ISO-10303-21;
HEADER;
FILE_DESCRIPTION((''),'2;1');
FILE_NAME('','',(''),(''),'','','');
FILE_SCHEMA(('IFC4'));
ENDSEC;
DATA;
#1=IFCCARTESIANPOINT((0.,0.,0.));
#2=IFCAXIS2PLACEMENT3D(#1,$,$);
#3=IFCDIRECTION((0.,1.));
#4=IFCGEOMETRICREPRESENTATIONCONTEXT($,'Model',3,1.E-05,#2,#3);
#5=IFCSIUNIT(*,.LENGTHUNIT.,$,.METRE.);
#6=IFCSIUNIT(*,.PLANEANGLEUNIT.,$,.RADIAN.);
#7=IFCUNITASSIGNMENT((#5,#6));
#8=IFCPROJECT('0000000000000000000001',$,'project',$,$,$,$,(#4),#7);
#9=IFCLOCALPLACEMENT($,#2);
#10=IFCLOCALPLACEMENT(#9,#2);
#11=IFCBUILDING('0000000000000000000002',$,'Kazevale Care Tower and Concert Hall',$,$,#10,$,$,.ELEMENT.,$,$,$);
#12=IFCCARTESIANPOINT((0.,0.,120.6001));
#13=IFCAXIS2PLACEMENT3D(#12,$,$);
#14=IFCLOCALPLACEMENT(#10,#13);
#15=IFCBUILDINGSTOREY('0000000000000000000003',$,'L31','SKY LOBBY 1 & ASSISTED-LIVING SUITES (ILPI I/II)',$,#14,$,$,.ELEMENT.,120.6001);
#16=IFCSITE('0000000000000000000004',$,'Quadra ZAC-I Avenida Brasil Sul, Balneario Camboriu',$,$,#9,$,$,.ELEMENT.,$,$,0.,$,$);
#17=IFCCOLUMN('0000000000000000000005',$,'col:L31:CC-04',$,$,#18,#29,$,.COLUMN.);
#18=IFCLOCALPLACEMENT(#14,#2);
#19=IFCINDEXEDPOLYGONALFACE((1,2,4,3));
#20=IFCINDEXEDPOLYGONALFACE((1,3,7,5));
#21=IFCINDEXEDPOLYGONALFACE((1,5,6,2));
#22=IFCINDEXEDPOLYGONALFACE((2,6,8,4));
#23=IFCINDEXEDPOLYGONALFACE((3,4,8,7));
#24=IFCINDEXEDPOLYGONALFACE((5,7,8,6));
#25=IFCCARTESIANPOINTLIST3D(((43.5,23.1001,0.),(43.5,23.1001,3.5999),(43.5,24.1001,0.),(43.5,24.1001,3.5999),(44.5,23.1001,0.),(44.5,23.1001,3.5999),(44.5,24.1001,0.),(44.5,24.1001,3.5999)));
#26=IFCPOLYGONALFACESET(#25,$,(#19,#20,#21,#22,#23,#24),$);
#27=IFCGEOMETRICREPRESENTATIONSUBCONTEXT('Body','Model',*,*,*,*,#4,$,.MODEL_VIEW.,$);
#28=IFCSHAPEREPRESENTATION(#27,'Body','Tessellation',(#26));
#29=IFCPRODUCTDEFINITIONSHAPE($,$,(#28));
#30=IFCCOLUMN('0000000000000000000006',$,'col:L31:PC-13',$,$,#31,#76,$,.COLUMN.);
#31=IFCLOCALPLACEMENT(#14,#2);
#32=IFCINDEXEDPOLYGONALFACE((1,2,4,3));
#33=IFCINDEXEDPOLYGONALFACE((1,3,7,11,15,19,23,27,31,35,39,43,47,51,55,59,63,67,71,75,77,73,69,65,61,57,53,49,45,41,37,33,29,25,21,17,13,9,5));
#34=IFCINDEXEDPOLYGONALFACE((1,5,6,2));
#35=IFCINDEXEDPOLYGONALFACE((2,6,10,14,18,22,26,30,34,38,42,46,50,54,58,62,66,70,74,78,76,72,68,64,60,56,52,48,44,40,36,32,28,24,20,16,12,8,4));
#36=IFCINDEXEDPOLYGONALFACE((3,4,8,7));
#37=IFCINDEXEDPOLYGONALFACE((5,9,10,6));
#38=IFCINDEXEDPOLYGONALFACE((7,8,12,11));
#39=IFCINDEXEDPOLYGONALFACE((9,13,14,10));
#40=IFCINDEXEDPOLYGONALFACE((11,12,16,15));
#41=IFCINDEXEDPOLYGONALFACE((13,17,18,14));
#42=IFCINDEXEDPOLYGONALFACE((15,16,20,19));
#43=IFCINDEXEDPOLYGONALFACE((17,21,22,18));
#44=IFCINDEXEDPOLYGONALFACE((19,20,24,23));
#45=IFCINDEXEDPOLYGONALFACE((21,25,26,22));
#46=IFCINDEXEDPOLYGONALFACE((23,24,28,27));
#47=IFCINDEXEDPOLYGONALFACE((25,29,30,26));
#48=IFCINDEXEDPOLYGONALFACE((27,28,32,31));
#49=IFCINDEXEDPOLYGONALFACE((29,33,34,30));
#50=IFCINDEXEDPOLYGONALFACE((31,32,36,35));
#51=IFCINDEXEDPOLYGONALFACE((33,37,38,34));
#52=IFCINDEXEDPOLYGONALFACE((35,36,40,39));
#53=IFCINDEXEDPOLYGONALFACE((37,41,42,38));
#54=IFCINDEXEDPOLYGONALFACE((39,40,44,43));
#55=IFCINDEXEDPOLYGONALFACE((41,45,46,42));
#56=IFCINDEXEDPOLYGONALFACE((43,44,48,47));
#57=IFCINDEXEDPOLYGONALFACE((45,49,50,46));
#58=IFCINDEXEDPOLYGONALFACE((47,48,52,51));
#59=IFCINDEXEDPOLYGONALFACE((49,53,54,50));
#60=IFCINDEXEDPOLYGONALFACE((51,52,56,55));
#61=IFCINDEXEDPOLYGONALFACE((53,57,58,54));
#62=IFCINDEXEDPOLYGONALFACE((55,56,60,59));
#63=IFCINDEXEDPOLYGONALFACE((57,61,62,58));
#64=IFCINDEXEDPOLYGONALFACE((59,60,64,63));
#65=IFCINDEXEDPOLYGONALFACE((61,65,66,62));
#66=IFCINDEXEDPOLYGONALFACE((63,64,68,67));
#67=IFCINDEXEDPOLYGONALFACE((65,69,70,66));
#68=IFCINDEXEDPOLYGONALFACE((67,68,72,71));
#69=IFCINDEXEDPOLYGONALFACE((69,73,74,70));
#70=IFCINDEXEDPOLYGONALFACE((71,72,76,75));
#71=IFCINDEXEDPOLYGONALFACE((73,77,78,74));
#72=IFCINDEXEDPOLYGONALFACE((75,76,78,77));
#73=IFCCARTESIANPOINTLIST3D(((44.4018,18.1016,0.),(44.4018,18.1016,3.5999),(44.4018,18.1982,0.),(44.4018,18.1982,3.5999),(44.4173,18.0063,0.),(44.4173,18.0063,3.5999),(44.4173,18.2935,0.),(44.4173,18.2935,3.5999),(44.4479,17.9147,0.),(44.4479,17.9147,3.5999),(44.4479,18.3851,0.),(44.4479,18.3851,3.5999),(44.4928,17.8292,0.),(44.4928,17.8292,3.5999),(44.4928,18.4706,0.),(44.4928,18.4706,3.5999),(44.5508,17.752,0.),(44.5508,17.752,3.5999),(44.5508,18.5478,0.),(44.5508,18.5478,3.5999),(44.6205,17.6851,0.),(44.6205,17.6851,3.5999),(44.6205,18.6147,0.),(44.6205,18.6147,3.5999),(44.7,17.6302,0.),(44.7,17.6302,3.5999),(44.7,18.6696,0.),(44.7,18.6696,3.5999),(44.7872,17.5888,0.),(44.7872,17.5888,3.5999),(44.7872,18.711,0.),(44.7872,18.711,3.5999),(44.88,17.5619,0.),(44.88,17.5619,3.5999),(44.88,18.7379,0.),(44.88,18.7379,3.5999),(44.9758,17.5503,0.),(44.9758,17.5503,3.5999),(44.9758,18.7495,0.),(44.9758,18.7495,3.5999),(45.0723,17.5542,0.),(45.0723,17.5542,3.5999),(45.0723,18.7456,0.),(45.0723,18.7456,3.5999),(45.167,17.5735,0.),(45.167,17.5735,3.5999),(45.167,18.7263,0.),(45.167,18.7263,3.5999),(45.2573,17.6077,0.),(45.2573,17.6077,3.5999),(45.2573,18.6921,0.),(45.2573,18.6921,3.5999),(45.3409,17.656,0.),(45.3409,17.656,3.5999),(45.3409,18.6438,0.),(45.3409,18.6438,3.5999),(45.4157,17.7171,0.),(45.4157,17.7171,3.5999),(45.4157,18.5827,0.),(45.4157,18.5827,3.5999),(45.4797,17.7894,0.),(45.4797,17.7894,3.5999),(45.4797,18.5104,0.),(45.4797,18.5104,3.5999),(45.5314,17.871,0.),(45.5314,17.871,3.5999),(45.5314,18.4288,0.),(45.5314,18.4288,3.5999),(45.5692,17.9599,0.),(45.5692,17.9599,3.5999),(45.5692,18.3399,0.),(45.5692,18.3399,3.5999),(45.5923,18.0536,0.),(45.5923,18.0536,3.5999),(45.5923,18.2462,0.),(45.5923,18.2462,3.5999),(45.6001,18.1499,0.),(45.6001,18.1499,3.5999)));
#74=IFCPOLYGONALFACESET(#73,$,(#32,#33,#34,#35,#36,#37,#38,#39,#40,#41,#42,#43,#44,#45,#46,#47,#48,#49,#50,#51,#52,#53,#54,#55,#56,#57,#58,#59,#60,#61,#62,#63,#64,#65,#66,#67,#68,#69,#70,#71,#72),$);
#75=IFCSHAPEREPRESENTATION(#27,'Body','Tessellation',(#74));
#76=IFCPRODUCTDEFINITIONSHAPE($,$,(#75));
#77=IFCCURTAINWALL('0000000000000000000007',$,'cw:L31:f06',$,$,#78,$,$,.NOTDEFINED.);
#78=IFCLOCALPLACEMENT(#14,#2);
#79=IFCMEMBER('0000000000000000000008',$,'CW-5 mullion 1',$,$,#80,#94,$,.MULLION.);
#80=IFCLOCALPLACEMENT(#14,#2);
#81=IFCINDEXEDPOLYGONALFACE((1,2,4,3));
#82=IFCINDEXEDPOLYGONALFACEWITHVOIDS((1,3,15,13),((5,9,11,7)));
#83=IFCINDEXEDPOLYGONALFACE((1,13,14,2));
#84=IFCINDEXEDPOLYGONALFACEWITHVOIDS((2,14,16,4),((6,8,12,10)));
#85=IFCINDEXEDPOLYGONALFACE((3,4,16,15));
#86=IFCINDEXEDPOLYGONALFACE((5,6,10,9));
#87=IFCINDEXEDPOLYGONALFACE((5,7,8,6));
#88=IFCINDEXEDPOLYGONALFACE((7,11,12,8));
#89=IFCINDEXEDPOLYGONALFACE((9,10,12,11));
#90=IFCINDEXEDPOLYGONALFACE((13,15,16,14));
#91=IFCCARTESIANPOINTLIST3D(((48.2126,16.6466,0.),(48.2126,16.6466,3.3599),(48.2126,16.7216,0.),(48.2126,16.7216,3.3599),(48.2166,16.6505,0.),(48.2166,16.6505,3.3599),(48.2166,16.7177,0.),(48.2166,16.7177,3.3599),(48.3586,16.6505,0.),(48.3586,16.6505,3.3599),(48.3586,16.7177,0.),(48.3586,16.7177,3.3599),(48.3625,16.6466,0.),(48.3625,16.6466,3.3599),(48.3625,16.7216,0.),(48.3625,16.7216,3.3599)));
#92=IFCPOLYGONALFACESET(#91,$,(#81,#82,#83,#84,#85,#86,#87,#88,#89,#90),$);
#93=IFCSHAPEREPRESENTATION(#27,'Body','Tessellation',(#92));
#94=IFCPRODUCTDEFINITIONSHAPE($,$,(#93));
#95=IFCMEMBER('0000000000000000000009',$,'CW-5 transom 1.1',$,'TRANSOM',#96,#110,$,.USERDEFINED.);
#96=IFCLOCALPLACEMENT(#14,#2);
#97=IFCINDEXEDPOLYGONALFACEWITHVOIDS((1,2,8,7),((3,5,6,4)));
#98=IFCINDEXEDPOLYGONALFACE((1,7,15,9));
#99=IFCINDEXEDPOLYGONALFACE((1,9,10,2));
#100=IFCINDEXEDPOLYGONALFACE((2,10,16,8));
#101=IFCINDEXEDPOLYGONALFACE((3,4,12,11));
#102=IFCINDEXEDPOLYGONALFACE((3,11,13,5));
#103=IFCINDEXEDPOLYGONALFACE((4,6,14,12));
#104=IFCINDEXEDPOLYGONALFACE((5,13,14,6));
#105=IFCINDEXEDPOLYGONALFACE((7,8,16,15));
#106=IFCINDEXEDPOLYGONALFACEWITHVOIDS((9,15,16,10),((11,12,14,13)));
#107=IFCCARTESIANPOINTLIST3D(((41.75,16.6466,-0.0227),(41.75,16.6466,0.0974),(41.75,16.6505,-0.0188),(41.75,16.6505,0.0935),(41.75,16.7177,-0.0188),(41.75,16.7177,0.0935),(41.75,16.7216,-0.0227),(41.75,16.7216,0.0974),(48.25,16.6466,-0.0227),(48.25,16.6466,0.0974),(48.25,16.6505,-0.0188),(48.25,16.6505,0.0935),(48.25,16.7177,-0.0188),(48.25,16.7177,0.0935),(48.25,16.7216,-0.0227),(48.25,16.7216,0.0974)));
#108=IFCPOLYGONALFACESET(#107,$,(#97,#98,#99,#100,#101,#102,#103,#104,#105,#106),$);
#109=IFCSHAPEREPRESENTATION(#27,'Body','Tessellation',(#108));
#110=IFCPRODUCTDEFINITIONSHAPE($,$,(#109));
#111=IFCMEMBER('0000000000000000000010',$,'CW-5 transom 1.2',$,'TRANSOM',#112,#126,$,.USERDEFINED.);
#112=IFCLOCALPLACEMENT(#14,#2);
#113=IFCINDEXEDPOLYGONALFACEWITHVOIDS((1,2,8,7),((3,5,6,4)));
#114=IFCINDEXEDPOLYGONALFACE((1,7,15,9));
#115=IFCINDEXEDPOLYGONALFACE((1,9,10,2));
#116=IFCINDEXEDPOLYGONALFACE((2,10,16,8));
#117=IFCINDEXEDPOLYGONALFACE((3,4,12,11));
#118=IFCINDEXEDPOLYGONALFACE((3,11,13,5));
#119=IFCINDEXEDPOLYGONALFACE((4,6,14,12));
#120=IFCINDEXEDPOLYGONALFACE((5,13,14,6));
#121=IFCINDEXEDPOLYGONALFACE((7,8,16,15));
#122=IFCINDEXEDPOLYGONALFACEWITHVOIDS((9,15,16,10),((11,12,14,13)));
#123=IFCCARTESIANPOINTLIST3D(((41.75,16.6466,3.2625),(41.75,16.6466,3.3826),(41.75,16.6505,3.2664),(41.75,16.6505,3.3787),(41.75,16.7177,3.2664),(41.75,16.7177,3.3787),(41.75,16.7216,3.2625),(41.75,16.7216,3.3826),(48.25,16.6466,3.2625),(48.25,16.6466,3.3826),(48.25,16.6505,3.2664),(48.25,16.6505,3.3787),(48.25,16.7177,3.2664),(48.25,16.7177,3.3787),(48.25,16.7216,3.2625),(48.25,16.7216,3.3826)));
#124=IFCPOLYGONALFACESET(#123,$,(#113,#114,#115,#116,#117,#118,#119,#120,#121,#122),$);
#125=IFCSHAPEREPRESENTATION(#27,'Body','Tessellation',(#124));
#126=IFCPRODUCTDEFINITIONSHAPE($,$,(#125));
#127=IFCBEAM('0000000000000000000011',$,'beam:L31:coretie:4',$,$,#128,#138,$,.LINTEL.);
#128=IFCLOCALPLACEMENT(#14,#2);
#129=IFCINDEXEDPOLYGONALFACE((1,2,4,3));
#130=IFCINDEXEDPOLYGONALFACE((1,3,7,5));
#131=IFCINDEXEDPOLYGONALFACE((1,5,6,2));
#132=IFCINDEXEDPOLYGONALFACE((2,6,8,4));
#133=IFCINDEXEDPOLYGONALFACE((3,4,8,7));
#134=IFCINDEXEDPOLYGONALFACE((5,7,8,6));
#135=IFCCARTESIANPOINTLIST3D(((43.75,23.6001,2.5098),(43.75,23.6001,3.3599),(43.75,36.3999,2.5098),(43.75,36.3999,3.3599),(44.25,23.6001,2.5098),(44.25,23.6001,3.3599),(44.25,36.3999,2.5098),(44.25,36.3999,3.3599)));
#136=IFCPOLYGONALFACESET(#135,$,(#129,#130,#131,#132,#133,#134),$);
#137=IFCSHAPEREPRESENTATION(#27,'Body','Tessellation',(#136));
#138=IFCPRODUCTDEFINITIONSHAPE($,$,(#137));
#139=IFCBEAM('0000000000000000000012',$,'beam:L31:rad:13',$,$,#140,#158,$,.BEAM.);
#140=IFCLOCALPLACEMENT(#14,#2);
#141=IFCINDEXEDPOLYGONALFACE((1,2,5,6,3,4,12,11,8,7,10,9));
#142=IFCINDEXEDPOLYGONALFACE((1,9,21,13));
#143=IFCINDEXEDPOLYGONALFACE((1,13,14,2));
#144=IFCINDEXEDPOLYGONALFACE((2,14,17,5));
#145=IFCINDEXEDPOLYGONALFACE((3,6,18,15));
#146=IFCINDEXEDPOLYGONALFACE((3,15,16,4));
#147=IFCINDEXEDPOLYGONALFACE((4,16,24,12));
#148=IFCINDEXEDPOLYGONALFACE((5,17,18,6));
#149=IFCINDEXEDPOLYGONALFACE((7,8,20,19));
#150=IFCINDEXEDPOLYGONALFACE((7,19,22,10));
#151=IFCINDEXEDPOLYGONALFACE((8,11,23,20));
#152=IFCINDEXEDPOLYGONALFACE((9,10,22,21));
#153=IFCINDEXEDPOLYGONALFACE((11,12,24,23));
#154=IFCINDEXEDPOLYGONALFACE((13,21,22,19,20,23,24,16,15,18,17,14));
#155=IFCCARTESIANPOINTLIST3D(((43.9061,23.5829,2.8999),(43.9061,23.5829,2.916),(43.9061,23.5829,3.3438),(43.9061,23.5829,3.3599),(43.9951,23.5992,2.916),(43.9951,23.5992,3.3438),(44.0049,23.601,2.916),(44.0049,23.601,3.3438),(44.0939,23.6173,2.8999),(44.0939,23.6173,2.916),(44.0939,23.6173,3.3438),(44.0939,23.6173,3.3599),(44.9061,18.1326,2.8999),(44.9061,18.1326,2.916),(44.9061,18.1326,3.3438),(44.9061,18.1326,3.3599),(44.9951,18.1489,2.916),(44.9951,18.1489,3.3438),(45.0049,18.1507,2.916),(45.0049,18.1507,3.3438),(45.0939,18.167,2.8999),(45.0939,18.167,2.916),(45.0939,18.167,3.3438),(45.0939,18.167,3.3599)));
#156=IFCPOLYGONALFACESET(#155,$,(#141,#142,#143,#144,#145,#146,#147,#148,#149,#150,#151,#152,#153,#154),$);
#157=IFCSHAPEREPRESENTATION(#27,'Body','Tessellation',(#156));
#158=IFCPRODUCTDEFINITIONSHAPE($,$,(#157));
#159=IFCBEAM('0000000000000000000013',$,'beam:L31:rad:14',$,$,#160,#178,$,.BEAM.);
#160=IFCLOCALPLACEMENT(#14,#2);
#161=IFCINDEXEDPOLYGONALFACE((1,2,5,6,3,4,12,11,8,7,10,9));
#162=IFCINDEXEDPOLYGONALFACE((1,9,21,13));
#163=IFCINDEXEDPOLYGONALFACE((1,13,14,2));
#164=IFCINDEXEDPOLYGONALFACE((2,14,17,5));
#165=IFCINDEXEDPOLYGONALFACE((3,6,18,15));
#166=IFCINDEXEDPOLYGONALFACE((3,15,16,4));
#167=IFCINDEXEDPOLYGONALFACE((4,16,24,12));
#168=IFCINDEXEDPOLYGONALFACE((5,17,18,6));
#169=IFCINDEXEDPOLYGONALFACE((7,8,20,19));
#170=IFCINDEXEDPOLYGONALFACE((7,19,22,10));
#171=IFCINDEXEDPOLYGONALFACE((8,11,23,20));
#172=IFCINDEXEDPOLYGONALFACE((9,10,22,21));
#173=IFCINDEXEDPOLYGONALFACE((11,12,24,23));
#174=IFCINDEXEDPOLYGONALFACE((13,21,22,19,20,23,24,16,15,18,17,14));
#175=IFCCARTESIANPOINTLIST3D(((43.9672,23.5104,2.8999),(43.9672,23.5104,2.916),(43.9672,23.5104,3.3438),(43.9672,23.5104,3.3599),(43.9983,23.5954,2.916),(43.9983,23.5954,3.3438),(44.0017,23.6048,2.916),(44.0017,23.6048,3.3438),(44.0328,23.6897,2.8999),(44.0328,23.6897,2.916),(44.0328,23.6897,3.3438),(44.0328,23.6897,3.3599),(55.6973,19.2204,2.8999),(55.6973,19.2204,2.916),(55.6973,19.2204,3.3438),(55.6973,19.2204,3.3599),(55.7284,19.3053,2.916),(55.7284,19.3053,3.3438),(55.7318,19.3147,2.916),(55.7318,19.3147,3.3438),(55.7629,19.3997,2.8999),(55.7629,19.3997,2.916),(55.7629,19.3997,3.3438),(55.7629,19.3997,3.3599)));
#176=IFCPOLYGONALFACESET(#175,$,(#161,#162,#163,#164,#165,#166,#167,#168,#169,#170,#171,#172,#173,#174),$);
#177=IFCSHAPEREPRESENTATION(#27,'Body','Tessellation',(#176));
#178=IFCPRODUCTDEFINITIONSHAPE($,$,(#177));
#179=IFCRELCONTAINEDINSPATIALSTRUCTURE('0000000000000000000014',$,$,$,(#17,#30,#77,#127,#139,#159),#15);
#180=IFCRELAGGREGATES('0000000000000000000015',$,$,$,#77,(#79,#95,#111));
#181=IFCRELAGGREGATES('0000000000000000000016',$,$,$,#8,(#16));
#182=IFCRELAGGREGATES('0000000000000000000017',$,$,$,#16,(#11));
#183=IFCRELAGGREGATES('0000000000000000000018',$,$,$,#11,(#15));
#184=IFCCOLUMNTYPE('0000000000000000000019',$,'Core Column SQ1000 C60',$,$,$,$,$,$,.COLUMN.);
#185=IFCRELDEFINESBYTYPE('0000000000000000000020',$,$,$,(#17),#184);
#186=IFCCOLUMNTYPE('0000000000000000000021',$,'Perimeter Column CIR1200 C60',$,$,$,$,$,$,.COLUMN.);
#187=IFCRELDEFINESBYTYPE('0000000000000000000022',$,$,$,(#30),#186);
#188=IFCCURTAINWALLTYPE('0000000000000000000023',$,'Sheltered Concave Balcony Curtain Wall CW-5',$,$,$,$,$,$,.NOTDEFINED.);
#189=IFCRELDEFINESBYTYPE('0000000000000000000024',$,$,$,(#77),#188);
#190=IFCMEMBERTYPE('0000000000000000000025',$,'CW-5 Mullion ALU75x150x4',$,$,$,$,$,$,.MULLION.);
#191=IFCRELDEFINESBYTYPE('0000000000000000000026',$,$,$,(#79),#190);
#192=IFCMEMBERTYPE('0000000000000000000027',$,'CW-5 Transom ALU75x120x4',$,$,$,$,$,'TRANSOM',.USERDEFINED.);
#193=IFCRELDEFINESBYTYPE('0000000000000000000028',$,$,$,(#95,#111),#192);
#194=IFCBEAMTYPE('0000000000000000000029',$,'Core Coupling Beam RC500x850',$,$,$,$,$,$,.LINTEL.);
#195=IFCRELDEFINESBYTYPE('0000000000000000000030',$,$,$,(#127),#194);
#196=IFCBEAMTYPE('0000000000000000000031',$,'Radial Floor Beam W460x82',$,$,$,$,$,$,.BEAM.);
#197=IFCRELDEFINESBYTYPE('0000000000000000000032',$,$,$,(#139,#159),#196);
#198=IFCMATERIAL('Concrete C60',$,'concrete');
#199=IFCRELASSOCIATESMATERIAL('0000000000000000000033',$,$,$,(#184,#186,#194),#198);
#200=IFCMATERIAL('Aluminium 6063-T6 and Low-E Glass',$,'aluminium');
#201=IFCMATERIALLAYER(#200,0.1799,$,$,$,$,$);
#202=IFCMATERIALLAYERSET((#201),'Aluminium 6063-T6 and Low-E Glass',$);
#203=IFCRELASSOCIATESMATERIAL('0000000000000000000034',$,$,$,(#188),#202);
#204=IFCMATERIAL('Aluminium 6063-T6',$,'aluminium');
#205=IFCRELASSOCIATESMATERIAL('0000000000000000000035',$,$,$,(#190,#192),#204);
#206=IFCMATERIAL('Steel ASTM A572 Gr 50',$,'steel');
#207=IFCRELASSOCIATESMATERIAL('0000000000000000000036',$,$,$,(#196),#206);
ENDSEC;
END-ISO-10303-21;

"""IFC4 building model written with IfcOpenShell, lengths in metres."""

from ifc_helpers import new_model, si_unit, direction, frame, origin, origin_2d, place, context, subcontext, project, spatial, rectangle, hollow_rectangle, circle, i_section, extrude, material, layer, layer_set, material_profile, profile_set, type_object, element, aggregate, save


model = new_model("IFC4")

# Units and contexts
model_context = context("Model", 3, precision=1e-05, world=origin(), true_north=direction((0.0, 1.0)))
body_context = subcontext(model_context, "Body", "Model", "MODEL_VIEW")
ifc_project = project(units=[si_unit("LENGTHUNIT", "METRE"), si_unit("PLANEANGLEUNIT", "RADIAN")], contexts=[model_context])

# Site, building, storey
site_placement = place(None, origin())
site = spatial("IfcSite", under=ifc_project, at=site_placement, Name="Quadra ZAC-I Avenida Brasil Sul, Balneario Camboriu", CompositionType="ELEMENT", RefElevation=0.0)
building_placement = place(site_placement, origin())
building = spatial("IfcBuilding", under=site, at=building_placement, Name="Kazevale Care Tower and Concert Hall", CompositionType="ELEMENT")
storey_placement = place(building_placement, frame((0.0, 0.0, 120.6001)))
storey = spatial("IfcBuildingStorey", under=building, at=storey_placement, Name="L31", Description="SKY LOBBY 1 & ASSISTED-LIVING SUITES (ILPI I/II)", CompositionType="ELEMENT", Elevation=120.6001)

# Columns
ifc_material_1 = material(Name="Concrete C60", Category="concrete")
ifc_material_profile_1 = material_profile(ifc_material_1, rectangle(XDim=1.0, YDim=1.0, at=origin_2d()), Name="RC-SQ1000")
ifc_profile_set_1 = profile_set([ifc_material_profile_1], Name="Concrete C60")
column_type_1 = type_object("IfcColumnType", Name="Core Column SQ1000 C60", PredefinedType="COLUMN", material=ifc_profile_set_1)
column_1_placement = place(storey_placement, frame((44.0, 23.6001, 0.0), z_axis=(0.0, 0.0, 1.0), x_axis=(1.0, 0.0, 0.0)))
element("IfcColumn", 1, at=column_1_placement, inside=storey, type_object=column_type_1, Name="col:L31:CC-04", PredefinedType="COLUMN", context=body_context, shape_type="SweptSolid", body=[
    extrude(rectangle(XDim=1.0, YDim=1.0, at=origin_2d()), origin(), (0.0, 0.0, 1.0), 3.5999),
])
ifc_material_profile_2 = material_profile(ifc_material_1, circle(Radius=0.6001, at=origin_2d()), Name="RC-CIR1200")
ifc_profile_set_2 = profile_set([ifc_material_profile_2], Name="Concrete C60")
column_type_2 = type_object("IfcColumnType", Name="Perimeter Column CIR1200 C60", PredefinedType="COLUMN", material=ifc_profile_set_2)
column_2_placement = place(storey_placement, frame((45.0, 18.1499, 0.0), z_axis=(0.0, 0.0, 1.0), x_axis=(1.0, 0.0, 0.0)))
element("IfcColumn", 2, at=column_2_placement, inside=storey, type_object=column_type_2, Name="col:L31:PC-13", PredefinedType="COLUMN", context=body_context, shape_type="SweptSolid", body=[
    extrude(circle(Radius=0.6001, at=origin_2d()), origin(), (0.0, 0.0, 1.0), 3.5999),
])

# Curtain wall, members
ifc_material_2 = material(Name="Aluminium 6063-T6 and Low-E Glass", Category="aluminium")
ifc_layer_1 = layer(ifc_material_2, 0.1799)
ifc_layer_set_1 = layer_set([ifc_layer_1], Name="Aluminium 6063-T6 and Low-E Glass")
curtain_wall_type = type_object("IfcCurtainWallType", Name="Sheltered Concave Balcony Curtain Wall CW-5", PredefinedType="NOTDEFINED", material=ifc_layer_set_1)
curtain_wall_placement = place(storey_placement, origin())
curtain_wall = element("IfcCurtainWall", 3, at=curtain_wall_placement, inside=storey, type_object=curtain_wall_type, Name="cw:L31:f06", PredefinedType="NOTDEFINED")
ifc_material_3 = material(Name="Aluminium 6063-T6", Category="aluminium")
ifc_material_profile_3 = material_profile(ifc_material_3, hollow_rectangle(XDim=0.075, YDim=0.1499, WallThickness=0.0039, at=origin_2d()), Name="ALU75x150x4")
ifc_profile_set_3 = profile_set([ifc_material_profile_3], Name="Aluminium 6063-T6")
member_type_1 = type_object("IfcMemberType", Name="CW-5 Mullion ALU75x150x4", PredefinedType="MULLION", material=ifc_profile_set_3)
member_1_placement = place(storey_placement, frame((48.2876, 16.6841, 0.0), z_axis=(0.0, 0.0, 1.0), x_axis=(0.0, -1.0, 0.0)))
member_1 = element("IfcMember", 4, at=member_1_placement, type_object=member_type_1, Name="CW-5 mullion 1", PredefinedType="MULLION", context=body_context, shape_type="SweptSolid", body=[
    extrude(hollow_rectangle(XDim=0.075, YDim=0.1499, WallThickness=0.0039, at=origin_2d()), origin(), (0.0, 0.0, 1.0), 3.3599),
])
ifc_material_profile_4 = material_profile(ifc_material_3, hollow_rectangle(XDim=0.075, YDim=0.1201, WallThickness=0.0039, at=origin_2d()), Name="ALU75x120x4")
ifc_profile_set_4 = profile_set([ifc_material_profile_4], Name="Aluminium 6063-T6")
member_type_2 = type_object("IfcMemberType", Name="CW-5 Transom ALU75x120x4", ElementType="TRANSOM", PredefinedType="USERDEFINED", material=ifc_profile_set_4)
member_2_placement = place(storey_placement, frame((48.25, 16.6841, 0.0374), z_axis=(-1.0, 0.0, 0.0), x_axis=(0.0, -1.0, 0.0)))
member_2 = element("IfcMember", 5, at=member_2_placement, type_object=member_type_2, Name="CW-5 transom 1.1", ObjectType="TRANSOM", PredefinedType="USERDEFINED", context=body_context, shape_type="SweptSolid", body=[
    extrude(hollow_rectangle(XDim=0.075, YDim=0.1201, WallThickness=0.0039, at=origin_2d()), origin(), (0.0, 0.0, 1.0), 6.5),
])
member_3_placement = place(storey_placement, frame((48.25, 16.6841, 3.3225), z_axis=(-1.0, 0.0, 0.0), x_axis=(0.0, -1.0, 0.0)))
member_3 = element("IfcMember", 6, at=member_3_placement, type_object=member_type_2, Name="CW-5 transom 1.2", ObjectType="TRANSOM", PredefinedType="USERDEFINED", context=body_context, shape_type="SweptSolid", body=[
    extrude(hollow_rectangle(XDim=0.075, YDim=0.1201, WallThickness=0.0039, at=origin_2d()), origin(), (0.0, 0.0, 1.0), 6.5),
])

# Beams
ifc_material_profile_5 = material_profile(ifc_material_1, rectangle(XDim=0.5, YDim=0.8501, at=origin_2d()), Name="RC-B500x850")
ifc_profile_set_5 = profile_set([ifc_material_profile_5], Name="Concrete C60")
beam_type_1 = type_object("IfcBeamType", Name="Core Coupling Beam RC500x850", PredefinedType="LINTEL", material=ifc_profile_set_5)
beam_1_placement = place(storey_placement, frame((44.0, 23.6001, 2.9348), z_axis=(0.0, 1.0, 0.0), x_axis=(-1.0, 0.0, 0.0)))
element("IfcBeam", 7, at=beam_1_placement, inside=storey, type_object=beam_type_1, Name="beam:L31:coretie:4", PredefinedType="LINTEL", context=body_context, shape_type="SweptSolid", body=[
    extrude(rectangle(XDim=0.5, YDim=0.8501, at=origin_2d()), origin(), (0.0, 0.0, 1.0), 12.7998),
])
ifc_material_4 = material(Name="Steel ASTM A572 Gr 50", Category="steel")
ifc_material_profile_6 = material_profile(ifc_material_4, i_section(OverallWidth=0.1909, OverallDepth=0.46, WebThickness=0.01, FlangeThickness=0.0161, at=origin_2d()), Name="W460x82")
ifc_profile_set_6 = profile_set([ifc_material_profile_6], Name="Steel ASTM A572 Gr 50")
beam_type_2 = type_object("IfcBeamType", Name="Radial Floor Beam W460x82", PredefinedType="BEAM", material=ifc_profile_set_6)
beam_2_placement = place(storey_placement, frame((44.0, 23.6001, 3.1299), z_axis=(0.180467, -0.983581, 0.0), x_axis=(0.983581, 0.180467, 0.0)))
element("IfcBeam", 8, at=beam_2_placement, inside=storey, type_object=beam_type_2, Name="beam:L31:rad:13", PredefinedType="BEAM", context=body_context, shape_type="SweptSolid", body=[
    extrude(i_section(OverallWidth=0.1909, OverallDepth=0.46, WebThickness=0.01, FlangeThickness=0.0161, at=origin_2d()), origin(), (0.0, 0.0, 1.0), 5.5413),
])
beam_3_placement = place(storey_placement, frame((44.0, 23.6001, 3.1299), z_axis=(0.939159, -0.343481, 0.0), x_axis=(0.343481, 0.939159, 0.0)))
element("IfcBeam", 9, at=beam_3_placement, inside=storey, type_object=beam_type_2, Name="beam:L31:rad:14", PredefinedType="BEAM", context=body_context, shape_type="SweptSolid", body=[
    extrude(i_section(OverallWidth=0.1909, OverallDepth=0.46, WebThickness=0.01, FlangeThickness=0.0161, at=origin_2d()), origin(), (0.0, 0.0, 1.0), 12.49),
])

aggregate(curtain_wall, [member_1, member_2, member_3])

save(model, "model.ifc")
